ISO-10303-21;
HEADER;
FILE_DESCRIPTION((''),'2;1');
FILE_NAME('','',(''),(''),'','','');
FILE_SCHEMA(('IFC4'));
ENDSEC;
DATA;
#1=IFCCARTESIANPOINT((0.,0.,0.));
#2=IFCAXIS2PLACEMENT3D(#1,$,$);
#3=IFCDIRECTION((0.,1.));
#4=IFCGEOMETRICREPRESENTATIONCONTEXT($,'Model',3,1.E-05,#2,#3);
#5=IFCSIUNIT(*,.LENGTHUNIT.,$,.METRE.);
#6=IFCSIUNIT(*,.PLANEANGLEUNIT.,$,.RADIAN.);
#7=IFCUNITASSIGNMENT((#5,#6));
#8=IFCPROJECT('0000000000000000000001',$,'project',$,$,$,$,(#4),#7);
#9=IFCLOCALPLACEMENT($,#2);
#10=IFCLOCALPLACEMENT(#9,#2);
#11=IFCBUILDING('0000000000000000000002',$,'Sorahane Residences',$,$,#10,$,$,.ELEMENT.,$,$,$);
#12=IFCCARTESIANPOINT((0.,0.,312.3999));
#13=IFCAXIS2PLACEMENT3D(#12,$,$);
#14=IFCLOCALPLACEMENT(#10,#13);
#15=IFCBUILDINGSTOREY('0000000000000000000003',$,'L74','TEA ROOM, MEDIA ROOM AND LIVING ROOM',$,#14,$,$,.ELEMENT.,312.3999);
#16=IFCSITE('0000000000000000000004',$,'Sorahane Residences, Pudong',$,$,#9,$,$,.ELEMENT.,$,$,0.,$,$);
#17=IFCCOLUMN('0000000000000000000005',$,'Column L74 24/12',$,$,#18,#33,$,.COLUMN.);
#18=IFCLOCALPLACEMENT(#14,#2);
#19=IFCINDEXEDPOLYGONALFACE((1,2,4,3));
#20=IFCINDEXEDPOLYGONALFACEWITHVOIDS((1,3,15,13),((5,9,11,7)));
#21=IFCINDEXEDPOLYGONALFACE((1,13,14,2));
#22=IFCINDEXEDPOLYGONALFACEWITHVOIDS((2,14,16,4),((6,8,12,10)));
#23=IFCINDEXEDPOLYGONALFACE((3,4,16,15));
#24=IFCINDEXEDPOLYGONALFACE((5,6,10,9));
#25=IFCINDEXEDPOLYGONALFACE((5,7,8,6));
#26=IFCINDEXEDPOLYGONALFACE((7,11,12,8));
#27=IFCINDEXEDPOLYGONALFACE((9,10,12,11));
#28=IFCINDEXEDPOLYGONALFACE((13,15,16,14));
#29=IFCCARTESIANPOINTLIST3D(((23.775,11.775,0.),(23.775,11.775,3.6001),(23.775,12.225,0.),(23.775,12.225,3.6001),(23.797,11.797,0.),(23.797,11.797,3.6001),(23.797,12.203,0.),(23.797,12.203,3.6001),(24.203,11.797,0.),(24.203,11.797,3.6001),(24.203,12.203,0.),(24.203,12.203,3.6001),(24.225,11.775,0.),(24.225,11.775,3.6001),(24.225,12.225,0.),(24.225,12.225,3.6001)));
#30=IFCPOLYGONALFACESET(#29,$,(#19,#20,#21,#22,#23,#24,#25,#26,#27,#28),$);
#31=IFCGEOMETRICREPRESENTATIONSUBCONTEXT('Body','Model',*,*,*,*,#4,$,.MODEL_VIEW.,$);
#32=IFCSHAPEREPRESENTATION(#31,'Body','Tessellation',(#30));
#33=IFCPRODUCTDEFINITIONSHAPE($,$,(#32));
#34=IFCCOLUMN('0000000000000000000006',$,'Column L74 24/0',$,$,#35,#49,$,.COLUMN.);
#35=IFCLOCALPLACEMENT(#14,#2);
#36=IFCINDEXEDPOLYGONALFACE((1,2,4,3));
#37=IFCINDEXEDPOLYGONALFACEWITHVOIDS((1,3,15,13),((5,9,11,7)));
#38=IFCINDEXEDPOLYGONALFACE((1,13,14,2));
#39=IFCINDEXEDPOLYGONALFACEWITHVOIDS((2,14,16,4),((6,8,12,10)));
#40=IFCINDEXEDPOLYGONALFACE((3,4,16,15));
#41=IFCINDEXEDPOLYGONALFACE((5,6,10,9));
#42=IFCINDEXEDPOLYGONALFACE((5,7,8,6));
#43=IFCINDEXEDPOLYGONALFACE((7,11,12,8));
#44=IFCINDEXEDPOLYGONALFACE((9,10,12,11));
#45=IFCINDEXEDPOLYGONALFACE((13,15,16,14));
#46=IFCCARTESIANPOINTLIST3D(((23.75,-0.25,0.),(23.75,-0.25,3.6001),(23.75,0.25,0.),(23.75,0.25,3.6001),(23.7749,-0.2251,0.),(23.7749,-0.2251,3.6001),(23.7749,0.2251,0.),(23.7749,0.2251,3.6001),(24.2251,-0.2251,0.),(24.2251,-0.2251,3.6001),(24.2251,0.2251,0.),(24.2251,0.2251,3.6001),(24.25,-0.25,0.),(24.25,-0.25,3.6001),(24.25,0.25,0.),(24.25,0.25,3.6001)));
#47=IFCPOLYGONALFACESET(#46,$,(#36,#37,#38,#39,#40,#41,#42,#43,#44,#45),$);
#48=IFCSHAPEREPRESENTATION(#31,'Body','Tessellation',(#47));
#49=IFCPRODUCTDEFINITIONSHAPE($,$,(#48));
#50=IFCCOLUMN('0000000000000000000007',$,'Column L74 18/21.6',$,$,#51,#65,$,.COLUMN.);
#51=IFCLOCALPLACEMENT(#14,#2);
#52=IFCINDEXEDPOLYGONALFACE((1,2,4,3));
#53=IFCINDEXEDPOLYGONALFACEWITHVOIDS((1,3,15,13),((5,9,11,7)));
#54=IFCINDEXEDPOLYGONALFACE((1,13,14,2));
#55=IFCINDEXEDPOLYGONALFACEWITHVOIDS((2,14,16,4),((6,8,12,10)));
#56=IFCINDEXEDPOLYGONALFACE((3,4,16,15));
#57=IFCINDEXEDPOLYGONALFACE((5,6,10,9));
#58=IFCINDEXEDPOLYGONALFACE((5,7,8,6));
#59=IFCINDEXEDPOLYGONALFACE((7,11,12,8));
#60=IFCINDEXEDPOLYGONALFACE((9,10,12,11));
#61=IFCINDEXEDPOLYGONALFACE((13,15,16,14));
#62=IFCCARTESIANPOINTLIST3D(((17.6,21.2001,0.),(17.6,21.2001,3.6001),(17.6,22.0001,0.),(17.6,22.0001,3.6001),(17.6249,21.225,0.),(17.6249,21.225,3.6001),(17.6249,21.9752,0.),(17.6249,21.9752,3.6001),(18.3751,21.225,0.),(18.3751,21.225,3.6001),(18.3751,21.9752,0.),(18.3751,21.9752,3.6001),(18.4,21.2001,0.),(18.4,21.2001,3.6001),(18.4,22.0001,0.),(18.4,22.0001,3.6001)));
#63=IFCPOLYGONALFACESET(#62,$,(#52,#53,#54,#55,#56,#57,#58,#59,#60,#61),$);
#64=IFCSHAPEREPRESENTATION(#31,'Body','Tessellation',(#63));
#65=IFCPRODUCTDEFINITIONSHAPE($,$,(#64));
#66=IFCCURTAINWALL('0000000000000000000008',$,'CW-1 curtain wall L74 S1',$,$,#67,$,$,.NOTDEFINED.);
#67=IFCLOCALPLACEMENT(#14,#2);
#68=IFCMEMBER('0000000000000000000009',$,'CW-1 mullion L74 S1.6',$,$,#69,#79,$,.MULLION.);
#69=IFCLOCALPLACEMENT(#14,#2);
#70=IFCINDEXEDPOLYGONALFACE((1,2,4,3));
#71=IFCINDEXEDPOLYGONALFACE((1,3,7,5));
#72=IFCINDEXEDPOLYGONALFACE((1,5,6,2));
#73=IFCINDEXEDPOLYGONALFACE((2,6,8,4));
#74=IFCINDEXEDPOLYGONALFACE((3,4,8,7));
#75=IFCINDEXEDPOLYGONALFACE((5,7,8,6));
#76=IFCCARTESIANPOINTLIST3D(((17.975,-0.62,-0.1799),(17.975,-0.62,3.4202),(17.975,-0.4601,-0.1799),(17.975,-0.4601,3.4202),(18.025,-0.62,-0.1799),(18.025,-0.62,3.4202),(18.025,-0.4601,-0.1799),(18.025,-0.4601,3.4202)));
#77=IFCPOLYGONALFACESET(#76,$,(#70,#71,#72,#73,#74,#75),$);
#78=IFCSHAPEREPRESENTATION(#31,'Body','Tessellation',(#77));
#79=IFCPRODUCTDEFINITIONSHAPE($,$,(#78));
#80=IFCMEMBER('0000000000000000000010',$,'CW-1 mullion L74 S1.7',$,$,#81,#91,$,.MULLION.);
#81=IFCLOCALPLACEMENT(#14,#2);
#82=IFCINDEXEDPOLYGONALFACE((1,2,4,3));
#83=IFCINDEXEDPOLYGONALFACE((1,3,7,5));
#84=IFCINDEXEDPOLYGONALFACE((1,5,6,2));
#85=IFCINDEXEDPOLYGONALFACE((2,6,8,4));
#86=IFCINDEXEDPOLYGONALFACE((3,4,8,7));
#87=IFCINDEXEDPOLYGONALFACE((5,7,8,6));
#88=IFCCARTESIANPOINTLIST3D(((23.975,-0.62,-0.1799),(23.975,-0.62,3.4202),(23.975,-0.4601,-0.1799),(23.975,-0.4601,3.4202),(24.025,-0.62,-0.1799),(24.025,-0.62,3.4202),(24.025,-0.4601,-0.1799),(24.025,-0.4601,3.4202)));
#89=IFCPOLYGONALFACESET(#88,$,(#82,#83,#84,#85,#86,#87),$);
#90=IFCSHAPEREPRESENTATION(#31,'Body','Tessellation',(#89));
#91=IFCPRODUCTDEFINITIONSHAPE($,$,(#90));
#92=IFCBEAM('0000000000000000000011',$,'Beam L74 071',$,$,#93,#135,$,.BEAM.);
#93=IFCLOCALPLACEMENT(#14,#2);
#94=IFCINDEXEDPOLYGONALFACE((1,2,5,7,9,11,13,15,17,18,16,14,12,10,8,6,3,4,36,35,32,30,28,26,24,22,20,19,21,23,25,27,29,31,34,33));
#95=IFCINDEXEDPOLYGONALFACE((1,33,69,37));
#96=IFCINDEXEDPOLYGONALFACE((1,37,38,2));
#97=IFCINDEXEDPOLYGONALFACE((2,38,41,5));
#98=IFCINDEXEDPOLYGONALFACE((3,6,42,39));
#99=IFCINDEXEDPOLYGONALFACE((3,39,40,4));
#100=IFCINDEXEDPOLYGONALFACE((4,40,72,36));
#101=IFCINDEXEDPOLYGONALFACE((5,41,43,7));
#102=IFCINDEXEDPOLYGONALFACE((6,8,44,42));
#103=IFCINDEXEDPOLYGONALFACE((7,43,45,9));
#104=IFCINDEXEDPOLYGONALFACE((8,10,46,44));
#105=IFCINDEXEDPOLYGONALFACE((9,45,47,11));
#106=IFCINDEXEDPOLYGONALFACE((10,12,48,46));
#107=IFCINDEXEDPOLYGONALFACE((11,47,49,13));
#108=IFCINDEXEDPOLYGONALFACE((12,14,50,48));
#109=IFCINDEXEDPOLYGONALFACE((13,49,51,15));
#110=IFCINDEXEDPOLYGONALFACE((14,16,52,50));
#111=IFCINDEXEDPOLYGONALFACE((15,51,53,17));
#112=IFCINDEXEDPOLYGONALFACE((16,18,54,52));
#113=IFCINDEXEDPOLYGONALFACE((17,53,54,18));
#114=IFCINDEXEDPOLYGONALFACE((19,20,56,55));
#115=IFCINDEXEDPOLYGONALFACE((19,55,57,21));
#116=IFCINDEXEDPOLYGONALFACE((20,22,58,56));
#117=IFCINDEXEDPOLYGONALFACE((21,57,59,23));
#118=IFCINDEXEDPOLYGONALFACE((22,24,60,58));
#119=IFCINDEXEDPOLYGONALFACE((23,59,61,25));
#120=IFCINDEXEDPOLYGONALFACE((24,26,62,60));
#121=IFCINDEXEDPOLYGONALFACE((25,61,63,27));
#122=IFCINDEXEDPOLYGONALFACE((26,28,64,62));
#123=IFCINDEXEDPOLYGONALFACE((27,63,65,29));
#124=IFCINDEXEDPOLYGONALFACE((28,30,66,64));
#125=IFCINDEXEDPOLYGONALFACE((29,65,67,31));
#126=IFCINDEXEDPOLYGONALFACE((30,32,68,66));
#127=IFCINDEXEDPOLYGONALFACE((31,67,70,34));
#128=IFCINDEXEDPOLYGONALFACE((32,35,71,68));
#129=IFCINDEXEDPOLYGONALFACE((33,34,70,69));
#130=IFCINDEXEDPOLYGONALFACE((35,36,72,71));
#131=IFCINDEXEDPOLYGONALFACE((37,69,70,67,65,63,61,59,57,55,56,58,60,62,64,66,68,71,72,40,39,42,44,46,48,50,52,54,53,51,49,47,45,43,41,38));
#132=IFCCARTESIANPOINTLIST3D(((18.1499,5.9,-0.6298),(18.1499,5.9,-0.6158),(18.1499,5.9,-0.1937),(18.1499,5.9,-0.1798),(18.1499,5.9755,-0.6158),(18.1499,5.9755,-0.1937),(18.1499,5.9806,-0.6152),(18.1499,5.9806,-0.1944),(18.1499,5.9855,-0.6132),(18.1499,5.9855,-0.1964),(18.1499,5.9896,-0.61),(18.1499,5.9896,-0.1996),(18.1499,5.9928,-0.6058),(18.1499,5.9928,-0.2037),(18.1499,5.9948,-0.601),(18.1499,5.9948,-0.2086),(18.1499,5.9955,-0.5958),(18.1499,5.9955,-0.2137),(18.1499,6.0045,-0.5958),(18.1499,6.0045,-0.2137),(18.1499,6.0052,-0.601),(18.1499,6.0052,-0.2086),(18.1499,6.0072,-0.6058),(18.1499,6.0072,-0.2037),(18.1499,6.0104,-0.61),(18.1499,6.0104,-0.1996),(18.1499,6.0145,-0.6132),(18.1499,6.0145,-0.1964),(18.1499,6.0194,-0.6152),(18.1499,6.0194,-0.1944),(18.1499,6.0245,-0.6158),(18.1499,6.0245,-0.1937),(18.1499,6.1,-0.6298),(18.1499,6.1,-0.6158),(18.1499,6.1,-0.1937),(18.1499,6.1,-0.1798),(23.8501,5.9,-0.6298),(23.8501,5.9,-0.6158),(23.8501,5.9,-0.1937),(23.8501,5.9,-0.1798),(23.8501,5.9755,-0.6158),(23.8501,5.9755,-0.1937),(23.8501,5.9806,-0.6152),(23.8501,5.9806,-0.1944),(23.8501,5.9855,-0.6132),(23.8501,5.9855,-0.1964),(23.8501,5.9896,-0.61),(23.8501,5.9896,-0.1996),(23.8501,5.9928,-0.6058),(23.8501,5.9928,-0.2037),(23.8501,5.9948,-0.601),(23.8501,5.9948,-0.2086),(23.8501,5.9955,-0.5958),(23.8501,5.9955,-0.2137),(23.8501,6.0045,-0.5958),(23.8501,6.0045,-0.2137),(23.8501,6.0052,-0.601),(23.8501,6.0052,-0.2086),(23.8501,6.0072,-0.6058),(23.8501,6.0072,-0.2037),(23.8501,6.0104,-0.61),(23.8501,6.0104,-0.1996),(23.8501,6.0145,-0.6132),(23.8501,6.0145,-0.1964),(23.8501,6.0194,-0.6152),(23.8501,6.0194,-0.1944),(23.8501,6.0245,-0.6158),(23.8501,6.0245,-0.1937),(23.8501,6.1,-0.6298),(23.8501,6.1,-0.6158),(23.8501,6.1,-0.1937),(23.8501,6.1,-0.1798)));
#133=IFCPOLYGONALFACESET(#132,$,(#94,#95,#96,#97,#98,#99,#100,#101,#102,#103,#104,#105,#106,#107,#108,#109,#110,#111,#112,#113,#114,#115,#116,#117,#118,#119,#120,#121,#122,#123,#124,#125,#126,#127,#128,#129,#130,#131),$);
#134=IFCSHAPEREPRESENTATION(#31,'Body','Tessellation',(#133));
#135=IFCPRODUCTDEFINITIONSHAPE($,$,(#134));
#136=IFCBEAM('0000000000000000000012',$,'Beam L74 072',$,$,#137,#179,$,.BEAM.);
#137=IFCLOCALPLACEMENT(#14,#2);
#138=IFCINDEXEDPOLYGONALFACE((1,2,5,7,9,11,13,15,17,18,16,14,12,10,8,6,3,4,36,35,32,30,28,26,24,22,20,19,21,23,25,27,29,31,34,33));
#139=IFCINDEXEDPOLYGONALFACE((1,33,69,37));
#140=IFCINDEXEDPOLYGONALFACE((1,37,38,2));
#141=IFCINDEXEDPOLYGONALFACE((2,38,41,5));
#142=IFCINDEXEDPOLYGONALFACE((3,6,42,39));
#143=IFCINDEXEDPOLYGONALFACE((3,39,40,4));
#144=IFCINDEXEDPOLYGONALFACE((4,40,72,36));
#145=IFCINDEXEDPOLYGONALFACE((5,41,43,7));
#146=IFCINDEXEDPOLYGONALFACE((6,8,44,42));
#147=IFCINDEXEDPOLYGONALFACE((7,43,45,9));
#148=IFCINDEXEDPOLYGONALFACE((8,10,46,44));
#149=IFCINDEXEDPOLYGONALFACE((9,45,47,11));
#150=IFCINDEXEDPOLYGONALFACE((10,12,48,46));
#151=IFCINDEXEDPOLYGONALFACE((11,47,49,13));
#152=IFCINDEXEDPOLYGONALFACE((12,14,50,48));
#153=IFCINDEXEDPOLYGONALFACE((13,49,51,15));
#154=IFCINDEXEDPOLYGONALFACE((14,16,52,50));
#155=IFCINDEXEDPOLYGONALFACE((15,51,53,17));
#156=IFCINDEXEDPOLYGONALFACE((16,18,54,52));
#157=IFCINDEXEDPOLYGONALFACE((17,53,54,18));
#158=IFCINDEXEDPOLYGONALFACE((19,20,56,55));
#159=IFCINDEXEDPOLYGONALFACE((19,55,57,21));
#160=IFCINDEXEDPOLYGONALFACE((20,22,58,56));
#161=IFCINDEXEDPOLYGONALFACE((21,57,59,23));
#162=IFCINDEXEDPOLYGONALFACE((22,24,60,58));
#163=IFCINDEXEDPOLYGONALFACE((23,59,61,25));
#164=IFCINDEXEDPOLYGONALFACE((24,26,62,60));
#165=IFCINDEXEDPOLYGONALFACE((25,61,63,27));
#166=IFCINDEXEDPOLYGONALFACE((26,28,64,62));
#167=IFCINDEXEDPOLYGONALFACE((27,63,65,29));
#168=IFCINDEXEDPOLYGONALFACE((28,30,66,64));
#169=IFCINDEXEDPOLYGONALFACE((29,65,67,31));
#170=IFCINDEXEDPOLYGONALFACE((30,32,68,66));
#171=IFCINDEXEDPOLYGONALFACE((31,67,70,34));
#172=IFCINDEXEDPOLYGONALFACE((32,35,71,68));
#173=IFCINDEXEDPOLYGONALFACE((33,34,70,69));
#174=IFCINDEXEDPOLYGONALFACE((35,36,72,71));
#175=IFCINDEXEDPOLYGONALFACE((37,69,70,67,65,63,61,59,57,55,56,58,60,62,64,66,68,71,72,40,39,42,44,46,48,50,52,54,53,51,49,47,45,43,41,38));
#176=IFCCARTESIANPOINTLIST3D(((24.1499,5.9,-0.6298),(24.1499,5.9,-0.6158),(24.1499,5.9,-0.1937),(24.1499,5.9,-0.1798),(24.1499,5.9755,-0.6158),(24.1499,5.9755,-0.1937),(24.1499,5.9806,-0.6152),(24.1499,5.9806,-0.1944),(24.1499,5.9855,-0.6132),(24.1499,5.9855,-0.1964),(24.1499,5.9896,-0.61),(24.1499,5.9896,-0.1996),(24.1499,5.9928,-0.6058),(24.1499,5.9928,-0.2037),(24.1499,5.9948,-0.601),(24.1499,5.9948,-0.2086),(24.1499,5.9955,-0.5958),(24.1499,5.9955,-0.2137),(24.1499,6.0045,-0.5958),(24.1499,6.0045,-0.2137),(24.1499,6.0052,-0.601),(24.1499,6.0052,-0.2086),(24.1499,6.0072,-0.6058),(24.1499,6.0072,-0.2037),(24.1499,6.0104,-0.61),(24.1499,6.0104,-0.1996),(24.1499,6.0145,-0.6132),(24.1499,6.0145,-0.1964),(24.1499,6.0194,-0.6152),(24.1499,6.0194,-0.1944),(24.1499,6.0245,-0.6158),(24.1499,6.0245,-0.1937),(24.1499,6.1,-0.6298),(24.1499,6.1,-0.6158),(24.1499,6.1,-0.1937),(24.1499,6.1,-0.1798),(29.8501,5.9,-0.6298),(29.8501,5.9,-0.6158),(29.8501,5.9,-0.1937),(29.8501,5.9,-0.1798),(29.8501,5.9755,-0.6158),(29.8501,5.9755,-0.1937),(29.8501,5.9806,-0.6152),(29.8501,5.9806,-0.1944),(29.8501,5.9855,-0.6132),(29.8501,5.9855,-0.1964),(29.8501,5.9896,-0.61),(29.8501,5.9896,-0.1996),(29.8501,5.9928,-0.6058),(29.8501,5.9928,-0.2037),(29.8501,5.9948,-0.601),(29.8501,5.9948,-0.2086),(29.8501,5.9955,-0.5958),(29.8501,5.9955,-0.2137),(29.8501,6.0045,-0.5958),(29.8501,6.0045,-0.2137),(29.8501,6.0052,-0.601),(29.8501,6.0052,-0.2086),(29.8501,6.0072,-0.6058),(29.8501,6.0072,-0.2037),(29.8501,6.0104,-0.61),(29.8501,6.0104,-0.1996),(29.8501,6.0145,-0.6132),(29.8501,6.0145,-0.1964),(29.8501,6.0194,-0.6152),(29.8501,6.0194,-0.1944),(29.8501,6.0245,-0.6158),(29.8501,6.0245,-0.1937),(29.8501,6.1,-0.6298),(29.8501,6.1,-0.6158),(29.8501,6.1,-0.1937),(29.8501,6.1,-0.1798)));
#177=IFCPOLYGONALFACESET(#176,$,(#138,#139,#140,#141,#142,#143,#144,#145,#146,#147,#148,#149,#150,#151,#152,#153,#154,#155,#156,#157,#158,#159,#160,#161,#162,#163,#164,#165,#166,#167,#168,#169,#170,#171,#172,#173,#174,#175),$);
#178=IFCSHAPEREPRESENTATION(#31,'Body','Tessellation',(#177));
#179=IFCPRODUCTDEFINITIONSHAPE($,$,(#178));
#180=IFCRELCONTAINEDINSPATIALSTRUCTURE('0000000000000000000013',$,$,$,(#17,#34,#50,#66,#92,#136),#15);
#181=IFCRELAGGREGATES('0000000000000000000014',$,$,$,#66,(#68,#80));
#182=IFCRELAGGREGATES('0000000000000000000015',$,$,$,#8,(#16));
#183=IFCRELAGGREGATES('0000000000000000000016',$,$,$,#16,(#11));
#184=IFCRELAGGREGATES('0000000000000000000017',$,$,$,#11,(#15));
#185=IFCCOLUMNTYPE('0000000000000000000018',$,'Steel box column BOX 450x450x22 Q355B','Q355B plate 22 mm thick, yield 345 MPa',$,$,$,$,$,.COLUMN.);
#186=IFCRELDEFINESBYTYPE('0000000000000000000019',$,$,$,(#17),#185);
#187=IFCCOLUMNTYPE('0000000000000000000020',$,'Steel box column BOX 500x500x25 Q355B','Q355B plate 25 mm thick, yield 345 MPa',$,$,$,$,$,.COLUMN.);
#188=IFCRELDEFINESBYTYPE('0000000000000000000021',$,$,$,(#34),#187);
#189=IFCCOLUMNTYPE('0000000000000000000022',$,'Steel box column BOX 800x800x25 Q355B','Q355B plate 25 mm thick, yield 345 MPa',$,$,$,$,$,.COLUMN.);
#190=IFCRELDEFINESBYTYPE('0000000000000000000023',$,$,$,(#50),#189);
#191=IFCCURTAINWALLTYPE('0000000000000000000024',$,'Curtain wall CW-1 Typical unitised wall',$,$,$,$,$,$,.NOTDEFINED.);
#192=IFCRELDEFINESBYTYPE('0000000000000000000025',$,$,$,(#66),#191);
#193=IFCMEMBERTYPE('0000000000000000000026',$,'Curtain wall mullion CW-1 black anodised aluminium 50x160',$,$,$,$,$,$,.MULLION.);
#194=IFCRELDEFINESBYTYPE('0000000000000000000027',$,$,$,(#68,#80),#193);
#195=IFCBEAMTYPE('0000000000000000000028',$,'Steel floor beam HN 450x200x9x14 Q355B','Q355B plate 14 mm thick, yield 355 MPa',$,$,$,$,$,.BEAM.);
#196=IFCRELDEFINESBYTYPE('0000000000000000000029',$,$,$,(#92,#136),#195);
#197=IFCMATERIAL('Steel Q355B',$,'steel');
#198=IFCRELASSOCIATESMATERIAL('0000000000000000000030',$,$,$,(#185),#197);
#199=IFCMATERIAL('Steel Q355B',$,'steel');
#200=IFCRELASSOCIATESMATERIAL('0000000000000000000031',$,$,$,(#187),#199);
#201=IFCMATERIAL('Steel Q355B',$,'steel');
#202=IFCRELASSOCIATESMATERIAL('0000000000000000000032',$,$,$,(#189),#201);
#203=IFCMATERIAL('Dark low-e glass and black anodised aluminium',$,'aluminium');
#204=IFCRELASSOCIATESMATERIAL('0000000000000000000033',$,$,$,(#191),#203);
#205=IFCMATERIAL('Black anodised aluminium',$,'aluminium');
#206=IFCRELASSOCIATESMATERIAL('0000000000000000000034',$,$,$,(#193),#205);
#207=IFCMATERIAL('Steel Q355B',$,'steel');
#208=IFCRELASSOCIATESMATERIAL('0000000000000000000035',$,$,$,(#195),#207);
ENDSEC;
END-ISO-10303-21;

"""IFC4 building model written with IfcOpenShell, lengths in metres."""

from ifc_helpers import new_model, si_unit, direction, frame, origin, origin_2d, place, context, subcontext, project, spatial, rectangle, hollow_rectangle, i_section, extrude, material, material_profile, profile_set, type_object, element, aggregate, save


model = new_model("IFC4")

# Units and contexts
model_context = context("Model", 3, precision=1e-05, world=origin(), true_north=direction((0.0, 1.0)))
body_context = subcontext(model_context, "Body", "Model", "MODEL_VIEW")
ifc_project = project(units=[si_unit("LENGTHUNIT", "METRE"), si_unit("PLANEANGLEUNIT", "RADIAN")], contexts=[model_context])

# Site, building, storey
site_placement = place(None, origin())
site = spatial("IfcSite", under=ifc_project, at=site_placement, Name="Sorahane Residences, Pudong", CompositionType="ELEMENT", RefElevation=0.0)
building_placement = place(site_placement, origin())
building = spatial("IfcBuilding", under=site, at=building_placement, Name="Sorahane Residences", CompositionType="ELEMENT")
storey_placement = place(building_placement, frame((0.0, 0.0, 312.3999)))
storey = spatial("IfcBuildingStorey", under=building, at=storey_placement, Name="L74", Description="TEA ROOM, MEDIA ROOM AND LIVING ROOM", CompositionType="ELEMENT", Elevation=312.3999)

# Columns
ifc_material_1 = material(Name="Steel Q355B", Category="steel")
ifc_material_profile_1 = material_profile(ifc_material_1, hollow_rectangle(XDim=0.45, YDim=0.45, WallThickness=0.022, at=origin_2d()), Name="BOX 450x450x22")
ifc_profile_set_1 = profile_set([ifc_material_profile_1], Name="Steel Q355B")
column_type_1 = type_object("IfcColumnType", Name="Steel box column BOX 450x450x22 Q355B", Description="Q355B plate 22 mm thick, yield 345 MPa", PredefinedType="COLUMN", material=ifc_profile_set_1)
column_1_placement = place(storey_placement, frame((24.0, 12.0, 0.0), z_axis=(0.0, 0.0, 1.0), x_axis=(1.0, 0.0, 0.0)))
element("IfcColumn", 1, at=column_1_placement, inside=storey, type_object=column_type_1, Name="Column L74 24/12", PredefinedType="COLUMN", context=body_context, shape_type="SweptSolid", body=[
    extrude(hollow_rectangle(XDim=0.45, YDim=0.45, WallThickness=0.022, at=origin_2d()), origin(), (0.0, 0.0, 1.0), 3.6001),
])
ifc_material_2 = material(Name="Steel Q355B", Category="steel")
ifc_material_profile_2 = material_profile(ifc_material_2, hollow_rectangle(XDim=0.5, YDim=0.5, WallThickness=0.0249, at=origin_2d()), Name="BOX 500x500x25")
ifc_profile_set_2 = profile_set([ifc_material_profile_2], Name="Steel Q355B")
column_type_2 = type_object("IfcColumnType", Name="Steel box column BOX 500x500x25 Q355B", Description="Q355B plate 25 mm thick, yield 345 MPa", PredefinedType="COLUMN", material=ifc_profile_set_2)
column_2_placement = place(storey_placement, frame((24.0, 0.0, 0.0), z_axis=(0.0, 0.0, 1.0), x_axis=(1.0, 0.0, 0.0)))
element("IfcColumn", 2, at=column_2_placement, inside=storey, type_object=column_type_2, Name="Column L74 24/0", PredefinedType="COLUMN", context=body_context, shape_type="SweptSolid", body=[
    extrude(hollow_rectangle(XDim=0.5, YDim=0.5, WallThickness=0.0249, at=origin_2d()), origin(), (0.0, 0.0, 1.0), 3.6001),
])
ifc_material_3 = material(Name="Steel Q355B", Category="steel")
ifc_material_profile_3 = material_profile(ifc_material_3, hollow_rectangle(XDim=0.8, YDim=0.8, WallThickness=0.0249, at=origin_2d()), Name="BOX 800x800x25")
ifc_profile_set_3 = profile_set([ifc_material_profile_3], Name="Steel Q355B")
column_type_3 = type_object("IfcColumnType", Name="Steel box column BOX 800x800x25 Q355B", Description="Q355B plate 25 mm thick, yield 345 MPa", PredefinedType="COLUMN", material=ifc_profile_set_3)
column_3_placement = place(storey_placement, frame((18.0, 21.6001, 0.0), z_axis=(0.0, 0.0, 1.0), x_axis=(1.0, 0.0, 0.0)))
element("IfcColumn", 3, at=column_3_placement, inside=storey, type_object=column_type_3, Name="Column L74 18/21.6", PredefinedType="COLUMN", context=body_context, shape_type="SweptSolid", body=[
    extrude(hollow_rectangle(XDim=0.8, YDim=0.8, WallThickness=0.0249, at=origin_2d()), origin(), (0.0, 0.0, 1.0), 3.6001),
])

# Curtain wall, members
ifc_material_4 = material(Name="Dark low-e glass and black anodised aluminium", Category="aluminium")
curtain_wall_type = type_object("IfcCurtainWallType", Name="Curtain wall CW-1 Typical unitised wall", PredefinedType="NOTDEFINED", material=ifc_material_4)
curtain_wall_placement = place(storey_placement, origin())
curtain_wall = element("IfcCurtainWall", 4, at=curtain_wall_placement, inside=storey, type_object=curtain_wall_type, Name="CW-1 curtain wall L74 S1", PredefinedType="NOTDEFINED")
ifc_material_5 = material(Name="Black anodised aluminium", Category="aluminium")
ifc_material_profile_4 = material_profile(ifc_material_5, rectangle(XDim=0.1599, YDim=0.05, at=origin_2d()), Name="Curtain wall mullion CW-1 black anodised aluminium 50x160")
ifc_profile_set_4 = profile_set([ifc_material_profile_4], Name="Black anodised aluminium")
member_type = type_object("IfcMemberType", Name="Curtain wall mullion CW-1 black anodised aluminium 50x160", PredefinedType="MULLION", material=ifc_profile_set_4)
member_1_placement = place(storey_placement, frame((18.0, -0.54, -0.1799), z_axis=(0.0, 0.0, 1.0), x_axis=(0.0, -1.0, 0.0)))
member_1 = element("IfcMember", 5, at=member_1_placement, type_object=member_type, Name="CW-1 mullion L74 S1.6", PredefinedType="MULLION", context=body_context, shape_type="SweptSolid", body=[
    extrude(rectangle(XDim=0.1599, YDim=0.05, at=origin_2d()), origin(), (0.0, 0.0, 1.0), 3.6001),
])
member_2_placement = place(storey_placement, frame((24.0, -0.54, -0.1799), z_axis=(0.0, 0.0, 1.0), x_axis=(0.0, -1.0, 0.0)))
member_2 = element("IfcMember", 6, at=member_2_placement, type_object=member_type, Name="CW-1 mullion L74 S1.7", PredefinedType="MULLION", context=body_context, shape_type="SweptSolid", body=[
    extrude(rectangle(XDim=0.1599, YDim=0.05, at=origin_2d()), origin(), (0.0, 0.0, 1.0), 3.6001),
])

# Beams
ifc_material_6 = material(Name="Steel Q355B", Category="steel")
ifc_material_profile_5 = material_profile(ifc_material_6, i_section(OverallWidth=0.2, OverallDepth=0.45, WebThickness=0.009, FlangeThickness=0.0139, FilletRadius=0.02, at=origin_2d()), Name="HN 450x200x9x14")
ifc_profile_set_5 = profile_set([ifc_material_profile_5], Name="Steel Q355B")
beam_type_1 = type_object("IfcBeamType", Name="Steel floor beam HN 450x200x9x14 Q355B", Description="Q355B plate 14 mm thick, yield 355 MPa", PredefinedType="BEAM", material=ifc_profile_set_5)
for number, where, z_axis, x_axis, name in (
    (7, (18.1499, 6.0, -0.4048), (1.0, 0.0, 0.0), (0.0, 1.0, 0.0), "Beam L74 071"),
    (8, (24.1499, 6.0, -0.4048), (1.0, 0.0, 0.0), (0.0, 1.0, 0.0), "Beam L74 072"),
):
    element("IfcBeam", number, at=place(storey_placement, frame(where, z_axis=z_axis, x_axis=x_axis)), inside=storey, type_object=beam_type_1, Name=name, PredefinedType="BEAM", context=body_context, shape_type="SweptSolid", body=[
        extrude(i_section(OverallWidth=0.2, OverallDepth=0.45, WebThickness=0.009, FlangeThickness=0.0139, FilletRadius=0.02, at=origin_2d()), origin(), (0.0, 0.0, 1.0), 5.7002),
    ])

aggregate(curtain_wall, [member_1, member_2])

save(model, "model.ifc")
